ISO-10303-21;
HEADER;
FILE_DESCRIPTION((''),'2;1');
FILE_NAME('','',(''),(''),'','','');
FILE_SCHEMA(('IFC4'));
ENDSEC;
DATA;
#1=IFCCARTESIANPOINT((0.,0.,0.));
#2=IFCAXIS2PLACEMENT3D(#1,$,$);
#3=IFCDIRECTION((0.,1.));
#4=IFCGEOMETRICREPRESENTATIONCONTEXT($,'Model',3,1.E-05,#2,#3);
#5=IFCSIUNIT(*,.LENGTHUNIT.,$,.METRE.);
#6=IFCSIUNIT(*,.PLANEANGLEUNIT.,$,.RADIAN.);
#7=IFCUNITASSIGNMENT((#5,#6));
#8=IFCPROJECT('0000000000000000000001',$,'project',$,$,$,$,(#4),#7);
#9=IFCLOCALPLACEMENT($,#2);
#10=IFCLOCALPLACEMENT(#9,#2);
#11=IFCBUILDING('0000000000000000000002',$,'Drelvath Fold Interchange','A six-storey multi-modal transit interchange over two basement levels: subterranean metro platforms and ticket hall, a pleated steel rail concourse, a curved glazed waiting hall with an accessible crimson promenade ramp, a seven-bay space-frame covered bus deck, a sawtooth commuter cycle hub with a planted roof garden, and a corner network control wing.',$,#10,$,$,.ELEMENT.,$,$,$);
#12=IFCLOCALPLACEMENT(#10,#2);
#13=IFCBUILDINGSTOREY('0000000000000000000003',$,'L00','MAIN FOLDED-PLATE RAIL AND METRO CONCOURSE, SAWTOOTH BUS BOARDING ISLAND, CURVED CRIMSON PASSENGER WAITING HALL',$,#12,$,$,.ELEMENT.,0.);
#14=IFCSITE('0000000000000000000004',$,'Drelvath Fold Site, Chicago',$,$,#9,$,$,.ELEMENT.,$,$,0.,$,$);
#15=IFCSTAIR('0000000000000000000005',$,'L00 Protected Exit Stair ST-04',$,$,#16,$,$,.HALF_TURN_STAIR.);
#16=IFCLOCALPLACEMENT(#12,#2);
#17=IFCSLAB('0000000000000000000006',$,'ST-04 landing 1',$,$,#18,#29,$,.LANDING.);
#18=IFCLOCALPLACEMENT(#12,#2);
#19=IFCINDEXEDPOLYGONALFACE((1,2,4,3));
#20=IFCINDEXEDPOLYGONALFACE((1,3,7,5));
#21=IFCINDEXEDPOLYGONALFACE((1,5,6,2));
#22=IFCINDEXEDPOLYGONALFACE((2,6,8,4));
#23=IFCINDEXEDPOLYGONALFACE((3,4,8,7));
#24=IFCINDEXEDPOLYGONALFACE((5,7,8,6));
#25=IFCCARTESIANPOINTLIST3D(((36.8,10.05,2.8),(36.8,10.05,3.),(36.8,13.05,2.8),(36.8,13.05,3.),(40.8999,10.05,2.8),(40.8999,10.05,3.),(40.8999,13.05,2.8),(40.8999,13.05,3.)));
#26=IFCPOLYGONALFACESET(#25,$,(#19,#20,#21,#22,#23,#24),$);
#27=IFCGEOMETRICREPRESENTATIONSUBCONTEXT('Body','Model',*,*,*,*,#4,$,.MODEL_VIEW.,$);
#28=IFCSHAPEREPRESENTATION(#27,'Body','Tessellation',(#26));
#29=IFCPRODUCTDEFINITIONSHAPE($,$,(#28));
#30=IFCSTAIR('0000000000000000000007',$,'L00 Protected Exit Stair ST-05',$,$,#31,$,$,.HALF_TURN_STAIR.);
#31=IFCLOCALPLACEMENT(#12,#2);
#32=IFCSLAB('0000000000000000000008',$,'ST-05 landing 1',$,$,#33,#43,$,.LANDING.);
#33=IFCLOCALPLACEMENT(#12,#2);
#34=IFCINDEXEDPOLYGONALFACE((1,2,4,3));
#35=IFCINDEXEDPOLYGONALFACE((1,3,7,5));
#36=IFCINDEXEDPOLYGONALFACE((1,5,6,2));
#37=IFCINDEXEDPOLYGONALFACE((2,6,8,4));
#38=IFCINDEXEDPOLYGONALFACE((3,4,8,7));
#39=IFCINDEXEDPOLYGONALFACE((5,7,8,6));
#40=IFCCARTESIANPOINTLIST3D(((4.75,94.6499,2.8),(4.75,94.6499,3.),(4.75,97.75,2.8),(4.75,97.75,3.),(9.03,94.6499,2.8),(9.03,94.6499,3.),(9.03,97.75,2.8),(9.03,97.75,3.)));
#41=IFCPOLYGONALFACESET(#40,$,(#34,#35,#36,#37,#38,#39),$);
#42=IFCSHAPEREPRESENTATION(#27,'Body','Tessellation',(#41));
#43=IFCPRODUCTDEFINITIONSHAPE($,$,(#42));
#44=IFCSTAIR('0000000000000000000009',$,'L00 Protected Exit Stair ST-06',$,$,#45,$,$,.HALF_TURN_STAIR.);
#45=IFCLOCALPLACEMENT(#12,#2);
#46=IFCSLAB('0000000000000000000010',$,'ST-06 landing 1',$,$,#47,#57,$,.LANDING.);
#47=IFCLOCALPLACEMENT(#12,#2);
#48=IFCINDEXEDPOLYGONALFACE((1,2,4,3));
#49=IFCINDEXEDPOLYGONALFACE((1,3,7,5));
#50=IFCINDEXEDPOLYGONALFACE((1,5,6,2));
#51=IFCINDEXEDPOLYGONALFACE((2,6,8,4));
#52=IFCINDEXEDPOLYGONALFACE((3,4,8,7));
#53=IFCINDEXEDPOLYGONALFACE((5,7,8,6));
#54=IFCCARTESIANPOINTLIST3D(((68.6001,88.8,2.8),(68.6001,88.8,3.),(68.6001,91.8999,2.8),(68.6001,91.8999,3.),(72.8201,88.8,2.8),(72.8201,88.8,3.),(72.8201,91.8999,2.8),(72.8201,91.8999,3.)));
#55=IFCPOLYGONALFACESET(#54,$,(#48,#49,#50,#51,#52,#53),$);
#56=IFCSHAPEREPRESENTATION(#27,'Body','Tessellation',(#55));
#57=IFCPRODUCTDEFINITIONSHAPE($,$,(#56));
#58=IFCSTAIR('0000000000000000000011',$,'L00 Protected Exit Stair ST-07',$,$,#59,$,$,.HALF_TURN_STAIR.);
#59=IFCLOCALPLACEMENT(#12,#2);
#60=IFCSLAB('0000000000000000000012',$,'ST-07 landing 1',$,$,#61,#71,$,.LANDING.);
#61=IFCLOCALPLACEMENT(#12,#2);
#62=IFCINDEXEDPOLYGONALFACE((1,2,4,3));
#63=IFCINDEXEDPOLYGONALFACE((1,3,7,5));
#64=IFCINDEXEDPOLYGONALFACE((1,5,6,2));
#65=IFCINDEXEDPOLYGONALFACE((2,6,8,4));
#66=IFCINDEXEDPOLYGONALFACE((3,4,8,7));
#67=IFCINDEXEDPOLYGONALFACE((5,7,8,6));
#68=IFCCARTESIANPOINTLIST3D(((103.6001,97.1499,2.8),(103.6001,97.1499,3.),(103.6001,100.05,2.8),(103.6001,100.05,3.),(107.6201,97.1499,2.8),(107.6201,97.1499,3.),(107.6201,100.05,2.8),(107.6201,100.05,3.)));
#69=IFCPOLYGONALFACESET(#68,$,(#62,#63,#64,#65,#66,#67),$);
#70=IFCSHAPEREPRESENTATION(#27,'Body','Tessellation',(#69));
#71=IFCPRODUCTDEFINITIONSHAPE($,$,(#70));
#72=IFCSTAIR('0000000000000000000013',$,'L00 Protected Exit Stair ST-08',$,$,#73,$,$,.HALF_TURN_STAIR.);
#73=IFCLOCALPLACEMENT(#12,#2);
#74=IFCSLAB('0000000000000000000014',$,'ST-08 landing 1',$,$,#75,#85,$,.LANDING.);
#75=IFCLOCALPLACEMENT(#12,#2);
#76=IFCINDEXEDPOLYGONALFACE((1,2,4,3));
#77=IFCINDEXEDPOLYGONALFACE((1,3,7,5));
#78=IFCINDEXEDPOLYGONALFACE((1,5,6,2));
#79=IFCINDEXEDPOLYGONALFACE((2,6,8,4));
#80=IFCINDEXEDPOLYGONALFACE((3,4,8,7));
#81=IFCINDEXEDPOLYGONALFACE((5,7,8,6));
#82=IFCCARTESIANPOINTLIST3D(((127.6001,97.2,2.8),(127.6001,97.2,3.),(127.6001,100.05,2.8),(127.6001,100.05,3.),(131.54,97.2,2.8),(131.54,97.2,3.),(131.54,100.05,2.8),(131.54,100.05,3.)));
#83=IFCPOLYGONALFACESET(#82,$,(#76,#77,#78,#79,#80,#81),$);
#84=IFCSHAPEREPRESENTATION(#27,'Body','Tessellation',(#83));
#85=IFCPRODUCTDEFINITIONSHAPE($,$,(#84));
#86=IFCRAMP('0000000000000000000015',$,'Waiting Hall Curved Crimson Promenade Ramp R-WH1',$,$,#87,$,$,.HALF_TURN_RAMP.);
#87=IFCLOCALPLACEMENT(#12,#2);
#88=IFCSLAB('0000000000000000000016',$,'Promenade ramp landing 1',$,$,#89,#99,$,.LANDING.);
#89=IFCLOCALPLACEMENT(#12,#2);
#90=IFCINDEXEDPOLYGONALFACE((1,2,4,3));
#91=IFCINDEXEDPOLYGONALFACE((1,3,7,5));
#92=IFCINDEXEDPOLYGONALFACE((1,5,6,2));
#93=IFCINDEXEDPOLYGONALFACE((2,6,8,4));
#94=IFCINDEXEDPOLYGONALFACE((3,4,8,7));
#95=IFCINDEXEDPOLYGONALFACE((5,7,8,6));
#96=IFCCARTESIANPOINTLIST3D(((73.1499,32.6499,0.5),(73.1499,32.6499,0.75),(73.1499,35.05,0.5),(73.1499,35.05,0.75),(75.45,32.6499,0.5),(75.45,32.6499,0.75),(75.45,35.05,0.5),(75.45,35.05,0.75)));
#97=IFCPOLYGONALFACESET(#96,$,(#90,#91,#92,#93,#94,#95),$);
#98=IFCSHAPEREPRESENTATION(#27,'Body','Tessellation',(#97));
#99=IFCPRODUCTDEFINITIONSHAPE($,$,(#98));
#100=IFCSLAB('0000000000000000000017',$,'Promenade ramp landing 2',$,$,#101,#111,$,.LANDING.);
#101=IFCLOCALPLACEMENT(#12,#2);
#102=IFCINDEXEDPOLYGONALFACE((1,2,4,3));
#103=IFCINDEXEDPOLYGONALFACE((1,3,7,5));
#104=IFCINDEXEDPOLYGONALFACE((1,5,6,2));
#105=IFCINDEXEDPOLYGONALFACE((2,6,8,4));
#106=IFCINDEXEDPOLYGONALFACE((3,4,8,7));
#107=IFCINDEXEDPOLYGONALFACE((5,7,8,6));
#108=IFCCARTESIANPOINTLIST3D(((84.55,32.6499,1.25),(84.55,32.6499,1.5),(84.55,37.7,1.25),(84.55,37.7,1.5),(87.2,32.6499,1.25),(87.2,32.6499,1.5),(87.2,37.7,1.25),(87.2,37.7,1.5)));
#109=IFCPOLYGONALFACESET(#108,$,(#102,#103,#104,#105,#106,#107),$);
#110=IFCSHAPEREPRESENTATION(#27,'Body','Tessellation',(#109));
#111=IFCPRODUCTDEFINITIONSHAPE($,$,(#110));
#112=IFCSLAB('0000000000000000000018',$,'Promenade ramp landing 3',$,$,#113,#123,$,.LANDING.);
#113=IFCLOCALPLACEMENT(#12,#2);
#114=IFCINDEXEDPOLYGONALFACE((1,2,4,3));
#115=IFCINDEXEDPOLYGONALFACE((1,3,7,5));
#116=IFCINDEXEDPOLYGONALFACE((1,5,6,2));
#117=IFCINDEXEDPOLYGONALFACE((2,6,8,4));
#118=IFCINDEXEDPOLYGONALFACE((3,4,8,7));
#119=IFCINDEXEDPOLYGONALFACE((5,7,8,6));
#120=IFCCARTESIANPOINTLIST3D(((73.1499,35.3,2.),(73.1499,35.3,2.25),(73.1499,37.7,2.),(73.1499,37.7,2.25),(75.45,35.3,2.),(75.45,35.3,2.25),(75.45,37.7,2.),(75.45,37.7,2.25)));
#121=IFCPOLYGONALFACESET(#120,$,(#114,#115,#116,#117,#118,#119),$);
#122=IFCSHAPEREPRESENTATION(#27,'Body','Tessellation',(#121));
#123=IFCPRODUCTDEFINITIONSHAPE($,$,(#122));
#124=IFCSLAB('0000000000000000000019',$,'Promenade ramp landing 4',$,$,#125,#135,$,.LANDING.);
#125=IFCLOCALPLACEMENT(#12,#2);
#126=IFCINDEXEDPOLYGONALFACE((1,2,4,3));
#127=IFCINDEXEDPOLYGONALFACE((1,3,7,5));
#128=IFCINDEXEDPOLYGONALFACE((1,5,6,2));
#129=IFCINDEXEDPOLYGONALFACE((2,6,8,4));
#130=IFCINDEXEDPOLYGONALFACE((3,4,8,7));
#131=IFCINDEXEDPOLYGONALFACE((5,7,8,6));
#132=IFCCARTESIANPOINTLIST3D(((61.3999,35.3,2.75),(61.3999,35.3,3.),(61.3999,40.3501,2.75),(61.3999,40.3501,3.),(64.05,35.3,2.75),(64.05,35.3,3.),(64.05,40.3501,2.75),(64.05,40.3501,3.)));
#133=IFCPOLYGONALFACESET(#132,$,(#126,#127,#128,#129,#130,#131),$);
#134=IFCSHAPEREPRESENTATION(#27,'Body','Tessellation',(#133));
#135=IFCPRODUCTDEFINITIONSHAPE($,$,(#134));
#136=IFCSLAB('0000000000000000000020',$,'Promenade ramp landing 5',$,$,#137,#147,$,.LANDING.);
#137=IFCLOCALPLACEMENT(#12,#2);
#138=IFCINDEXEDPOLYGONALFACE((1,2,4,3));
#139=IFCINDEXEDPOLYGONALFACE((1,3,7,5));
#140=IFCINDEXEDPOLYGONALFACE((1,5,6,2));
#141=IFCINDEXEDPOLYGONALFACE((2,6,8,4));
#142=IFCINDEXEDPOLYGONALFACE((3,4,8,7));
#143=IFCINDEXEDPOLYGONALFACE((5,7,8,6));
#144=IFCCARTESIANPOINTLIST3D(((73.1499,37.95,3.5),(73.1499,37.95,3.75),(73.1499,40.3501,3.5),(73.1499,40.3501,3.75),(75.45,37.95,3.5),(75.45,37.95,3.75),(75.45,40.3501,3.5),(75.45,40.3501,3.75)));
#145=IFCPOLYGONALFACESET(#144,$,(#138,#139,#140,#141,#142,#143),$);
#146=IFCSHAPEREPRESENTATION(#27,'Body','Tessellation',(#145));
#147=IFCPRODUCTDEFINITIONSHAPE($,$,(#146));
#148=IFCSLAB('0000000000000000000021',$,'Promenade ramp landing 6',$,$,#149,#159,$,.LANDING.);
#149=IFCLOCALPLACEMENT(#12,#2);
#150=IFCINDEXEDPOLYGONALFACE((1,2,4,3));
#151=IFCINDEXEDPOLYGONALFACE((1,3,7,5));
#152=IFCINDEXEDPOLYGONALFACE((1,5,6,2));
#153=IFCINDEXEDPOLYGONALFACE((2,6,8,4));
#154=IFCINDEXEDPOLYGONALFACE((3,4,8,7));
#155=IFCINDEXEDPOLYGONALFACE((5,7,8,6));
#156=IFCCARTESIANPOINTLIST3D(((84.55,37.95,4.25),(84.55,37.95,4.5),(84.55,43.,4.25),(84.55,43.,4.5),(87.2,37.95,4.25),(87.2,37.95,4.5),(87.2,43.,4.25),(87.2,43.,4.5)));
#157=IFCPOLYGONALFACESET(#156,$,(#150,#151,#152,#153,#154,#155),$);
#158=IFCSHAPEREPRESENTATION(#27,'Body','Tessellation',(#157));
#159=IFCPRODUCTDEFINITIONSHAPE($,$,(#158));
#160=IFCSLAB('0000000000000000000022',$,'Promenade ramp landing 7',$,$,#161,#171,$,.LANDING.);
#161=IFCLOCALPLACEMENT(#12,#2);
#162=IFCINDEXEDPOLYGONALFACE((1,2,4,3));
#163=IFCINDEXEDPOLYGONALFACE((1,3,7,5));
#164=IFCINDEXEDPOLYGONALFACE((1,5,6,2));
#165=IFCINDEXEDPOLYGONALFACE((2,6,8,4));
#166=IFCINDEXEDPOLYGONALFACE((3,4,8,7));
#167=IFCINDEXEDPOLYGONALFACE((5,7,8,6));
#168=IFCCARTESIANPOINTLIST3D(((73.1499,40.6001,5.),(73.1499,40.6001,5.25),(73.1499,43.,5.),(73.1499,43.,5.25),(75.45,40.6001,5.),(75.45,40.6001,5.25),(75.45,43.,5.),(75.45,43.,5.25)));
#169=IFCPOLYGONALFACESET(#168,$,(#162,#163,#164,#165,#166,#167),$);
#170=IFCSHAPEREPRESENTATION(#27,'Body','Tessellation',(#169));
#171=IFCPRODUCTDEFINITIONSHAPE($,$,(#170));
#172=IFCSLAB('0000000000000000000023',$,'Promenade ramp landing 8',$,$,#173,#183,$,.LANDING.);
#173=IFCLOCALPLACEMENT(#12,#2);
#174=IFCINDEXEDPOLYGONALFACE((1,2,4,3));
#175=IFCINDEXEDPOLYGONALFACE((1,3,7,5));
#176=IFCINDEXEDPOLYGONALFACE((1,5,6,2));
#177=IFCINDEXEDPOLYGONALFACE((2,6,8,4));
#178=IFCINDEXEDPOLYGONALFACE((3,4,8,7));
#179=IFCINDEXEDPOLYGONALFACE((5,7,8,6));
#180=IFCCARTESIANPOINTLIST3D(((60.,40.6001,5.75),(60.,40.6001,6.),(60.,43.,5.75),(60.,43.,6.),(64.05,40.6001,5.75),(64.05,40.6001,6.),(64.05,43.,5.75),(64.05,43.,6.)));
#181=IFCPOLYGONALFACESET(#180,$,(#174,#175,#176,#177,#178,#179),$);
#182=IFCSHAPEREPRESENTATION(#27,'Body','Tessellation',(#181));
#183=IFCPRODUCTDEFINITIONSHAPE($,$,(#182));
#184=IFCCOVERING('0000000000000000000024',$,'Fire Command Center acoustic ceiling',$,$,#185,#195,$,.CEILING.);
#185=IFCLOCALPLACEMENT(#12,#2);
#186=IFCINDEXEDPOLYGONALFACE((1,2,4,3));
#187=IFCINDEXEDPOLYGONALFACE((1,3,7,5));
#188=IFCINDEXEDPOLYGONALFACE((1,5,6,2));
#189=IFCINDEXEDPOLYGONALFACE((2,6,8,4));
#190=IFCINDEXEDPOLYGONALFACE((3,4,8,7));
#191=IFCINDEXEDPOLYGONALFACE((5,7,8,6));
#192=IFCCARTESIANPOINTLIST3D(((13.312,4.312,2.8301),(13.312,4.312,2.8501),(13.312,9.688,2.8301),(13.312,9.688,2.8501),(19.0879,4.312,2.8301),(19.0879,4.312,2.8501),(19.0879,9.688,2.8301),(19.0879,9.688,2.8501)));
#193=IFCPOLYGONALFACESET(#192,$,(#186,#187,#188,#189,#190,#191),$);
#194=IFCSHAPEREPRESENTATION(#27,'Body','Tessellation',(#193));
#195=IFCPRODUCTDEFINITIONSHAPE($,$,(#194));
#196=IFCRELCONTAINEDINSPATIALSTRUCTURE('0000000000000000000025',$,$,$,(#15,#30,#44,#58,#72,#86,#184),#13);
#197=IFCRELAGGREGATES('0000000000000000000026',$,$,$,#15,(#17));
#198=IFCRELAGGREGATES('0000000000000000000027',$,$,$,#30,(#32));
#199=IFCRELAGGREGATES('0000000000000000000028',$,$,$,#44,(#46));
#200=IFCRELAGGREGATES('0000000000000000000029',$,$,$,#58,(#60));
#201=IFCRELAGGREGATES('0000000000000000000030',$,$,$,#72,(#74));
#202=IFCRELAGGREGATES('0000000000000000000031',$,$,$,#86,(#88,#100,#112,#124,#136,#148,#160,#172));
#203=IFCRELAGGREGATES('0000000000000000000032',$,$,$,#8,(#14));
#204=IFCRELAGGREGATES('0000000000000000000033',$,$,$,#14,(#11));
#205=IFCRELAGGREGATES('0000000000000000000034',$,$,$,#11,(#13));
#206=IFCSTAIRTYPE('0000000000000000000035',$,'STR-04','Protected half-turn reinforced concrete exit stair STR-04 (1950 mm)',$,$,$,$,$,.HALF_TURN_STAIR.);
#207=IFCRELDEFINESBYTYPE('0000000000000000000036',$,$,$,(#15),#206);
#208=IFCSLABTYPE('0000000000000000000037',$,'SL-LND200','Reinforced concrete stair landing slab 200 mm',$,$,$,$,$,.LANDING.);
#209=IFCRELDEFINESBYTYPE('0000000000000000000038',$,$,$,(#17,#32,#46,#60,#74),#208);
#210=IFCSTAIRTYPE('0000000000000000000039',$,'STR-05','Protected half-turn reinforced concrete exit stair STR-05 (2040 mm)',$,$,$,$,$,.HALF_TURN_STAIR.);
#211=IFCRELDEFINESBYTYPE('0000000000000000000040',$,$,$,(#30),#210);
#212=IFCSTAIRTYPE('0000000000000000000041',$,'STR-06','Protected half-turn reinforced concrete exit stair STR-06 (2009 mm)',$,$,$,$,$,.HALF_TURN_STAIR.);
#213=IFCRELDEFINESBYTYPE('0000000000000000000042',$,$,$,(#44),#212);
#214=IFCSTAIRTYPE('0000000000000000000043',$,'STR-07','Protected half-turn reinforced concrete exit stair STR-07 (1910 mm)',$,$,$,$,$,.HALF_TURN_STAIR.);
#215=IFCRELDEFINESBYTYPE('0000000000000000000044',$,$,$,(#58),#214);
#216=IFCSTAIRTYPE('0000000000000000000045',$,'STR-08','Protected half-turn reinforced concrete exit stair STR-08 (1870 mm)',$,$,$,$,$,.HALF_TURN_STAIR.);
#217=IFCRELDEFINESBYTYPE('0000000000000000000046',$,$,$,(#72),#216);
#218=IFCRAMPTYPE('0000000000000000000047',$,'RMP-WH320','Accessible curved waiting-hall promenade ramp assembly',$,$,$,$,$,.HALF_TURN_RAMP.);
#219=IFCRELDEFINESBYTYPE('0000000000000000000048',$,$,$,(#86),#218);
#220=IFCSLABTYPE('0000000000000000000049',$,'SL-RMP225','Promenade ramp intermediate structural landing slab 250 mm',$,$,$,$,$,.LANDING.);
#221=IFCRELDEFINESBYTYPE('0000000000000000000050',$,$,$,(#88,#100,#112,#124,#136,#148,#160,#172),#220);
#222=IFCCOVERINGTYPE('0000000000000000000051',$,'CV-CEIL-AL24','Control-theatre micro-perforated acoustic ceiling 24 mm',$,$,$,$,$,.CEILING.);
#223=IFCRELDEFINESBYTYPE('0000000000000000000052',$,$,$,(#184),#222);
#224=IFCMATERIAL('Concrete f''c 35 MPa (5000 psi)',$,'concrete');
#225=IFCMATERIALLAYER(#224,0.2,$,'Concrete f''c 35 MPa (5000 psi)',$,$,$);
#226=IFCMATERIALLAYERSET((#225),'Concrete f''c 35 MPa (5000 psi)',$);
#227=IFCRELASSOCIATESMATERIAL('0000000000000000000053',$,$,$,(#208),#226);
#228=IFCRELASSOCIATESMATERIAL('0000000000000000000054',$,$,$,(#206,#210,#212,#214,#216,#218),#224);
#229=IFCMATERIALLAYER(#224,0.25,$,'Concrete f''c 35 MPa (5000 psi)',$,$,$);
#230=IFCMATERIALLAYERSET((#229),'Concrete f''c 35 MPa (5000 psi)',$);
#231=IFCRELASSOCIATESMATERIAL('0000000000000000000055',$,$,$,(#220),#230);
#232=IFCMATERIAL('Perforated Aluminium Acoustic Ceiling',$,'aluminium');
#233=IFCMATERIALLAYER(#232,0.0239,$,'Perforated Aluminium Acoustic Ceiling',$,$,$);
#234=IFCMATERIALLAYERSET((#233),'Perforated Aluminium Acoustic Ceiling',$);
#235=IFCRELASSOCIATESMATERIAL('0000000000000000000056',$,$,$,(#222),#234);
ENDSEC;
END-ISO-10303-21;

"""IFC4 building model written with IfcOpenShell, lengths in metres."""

from ifc_helpers import new_model, si_unit, direction, frame, origin, place, context, subcontext, project, spatial, polyline, outline, extrude, material, layer, layer_set, type_object, element, aggregate, save


model = new_model("IFC4")

# Units and contexts
model_context = context("Model", 3, precision=1e-05, world=origin(), true_north=direction((0.0, 1.0)))
body_context = subcontext(model_context, "Body", "Model", "MODEL_VIEW")
ifc_project = project(units=[si_unit("LENGTHUNIT", "METRE"), si_unit("PLANEANGLEUNIT", "RADIAN")], contexts=[model_context])

# Site, building, storey
site_placement = place(None, origin())
site = spatial("IfcSite", under=ifc_project, at=site_placement, Name="Drelvath Fold Site, Chicago", CompositionType="ELEMENT", RefElevation=0.0)
building_placement = place(site_placement, origin())
building = spatial("IfcBuilding", under=site, at=building_placement, Name="Drelvath Fold Interchange", Description="A six-storey multi-modal transit interchange over two basement levels: subterranean metro platforms and ticket hall, a pleated steel rail concourse, a curved glazed waiting hall with an accessible crimson promenade ramp, a seven-bay space-frame covered bus deck, a sawtooth commuter cycle hub with a planted roof garden, and a corner network control wing.", CompositionType="ELEMENT")
storey_placement = place(building_placement, origin())
storey = spatial("IfcBuildingStorey", under=building, at=storey_placement, Name="L00", Description="MAIN FOLDED-PLATE RAIL AND METRO CONCOURSE, SAWTOOTH BUS BOARDING ISLAND, CURVED CRIMSON PASSENGER WAITING HALL", CompositionType="ELEMENT", Elevation=0.0)

# Shared definitions
ifc_material_1 = material(Name="Concrete f'c 35 MPa (5000 psi)", Category="concrete")

# Stairs, slabs
ifc_layer_1 = layer(ifc_material_1, 0.2, Name="Concrete f'c 35 MPa (5000 psi)")
ifc_layer_set_1 = layer_set([ifc_layer_1], Name="Concrete f'c 35 MPa (5000 psi)")
slab_type_1 = type_object("IfcSlabType", Name="SL-LND200", Description="Reinforced concrete stair landing slab 200 mm", PredefinedType="LANDING", material=ifc_layer_set_1)
stair_type_1 = type_object("IfcStairType", Name="STR-04", Description="Protected half-turn reinforced concrete exit stair STR-04 (1950 mm)", PredefinedType="HALF_TURN_STAIR", material=ifc_material_1)
stair_1_placement = place(storey_placement, origin())
stair_1 = element("IfcStair", 1, at=stair_1_placement, inside=storey, type_object=stair_type_1, Name="L00 Protected Exit Stair ST-04", PredefinedType="HALF_TURN_STAIR")
slab_1_placement = place(storey_placement, frame((0.0, 0.0, 2.8)))
slab_1 = element("IfcSlab", 2, at=slab_1_placement, type_object=slab_type_1, Name="ST-04 landing 1", PredefinedType="LANDING", context=body_context, shape_type="SweptSolid", body=[
    extrude(outline(polyline([(40.8999, 10.05), (40.8999, 13.05), (36.8, 13.05), (36.8, 10.05), (40.8999, 10.05)])), origin(), (0.0, 0.0, 1.0), 0.2),
])
aggregate(stair_1, [slab_1])
stair_type_2 = type_object("IfcStairType", Name="STR-05", Description="Protected half-turn reinforced concrete exit stair STR-05 (2040 mm)", PredefinedType="HALF_TURN_STAIR", material=ifc_material_1)
stair_2_placement = place(storey_placement, origin())
stair_2 = element("IfcStair", 3, at=stair_2_placement, inside=storey, type_object=stair_type_2, Name="L00 Protected Exit Stair ST-05", PredefinedType="HALF_TURN_STAIR")
slab_2_placement = place(storey_placement, frame((0.0, 0.0, 2.8)))
slab_2 = element("IfcSlab", 4, at=slab_2_placement, type_object=slab_type_1, Name="ST-05 landing 1", PredefinedType="LANDING", context=body_context, shape_type="SweptSolid", body=[
    extrude(outline(polyline([(9.03, 94.6499), (9.03, 97.75), (4.75, 97.75), (4.75, 94.6499), (9.03, 94.6499)])), origin(), (0.0, 0.0, 1.0), 0.2),
])
aggregate(stair_2, [slab_2])
stair_type_3 = type_object("IfcStairType", Name="STR-06", Description="Protected half-turn reinforced concrete exit stair STR-06 (2009 mm)", PredefinedType="HALF_TURN_STAIR", material=ifc_material_1)
stair_3_placement = place(storey_placement, origin())
stair_3 = element("IfcStair", 5, at=stair_3_placement, inside=storey, type_object=stair_type_3, Name="L00 Protected Exit Stair ST-06", PredefinedType="HALF_TURN_STAIR")
slab_3_placement = place(storey_placement, frame((0.0, 0.0, 2.8)))
slab_3 = element("IfcSlab", 6, at=slab_3_placement, type_object=slab_type_1, Name="ST-06 landing 1", PredefinedType="LANDING", context=body_context, shape_type="SweptSolid", body=[
    extrude(outline(polyline([(68.6001, 91.8999), (68.6001, 88.8), (72.8201, 88.8), (72.8201, 91.8999), (68.6001, 91.8999)])), origin(), (0.0, 0.0, 1.0), 0.2),
])
aggregate(stair_3, [slab_3])
stair_type_4 = type_object("IfcStairType", Name="STR-07", Description="Protected half-turn reinforced concrete exit stair STR-07 (1910 mm)", PredefinedType="HALF_TURN_STAIR", material=ifc_material_1)
stair_4_placement = place(storey_placement, origin())
stair_4 = element("IfcStair", 7, at=stair_4_placement, inside=storey, type_object=stair_type_4, Name="L00 Protected Exit Stair ST-07", PredefinedType="HALF_TURN_STAIR")
slab_4_placement = place(storey_placement, frame((0.0, 0.0, 2.8)))
slab_4 = element("IfcSlab", 8, at=slab_4_placement, type_object=slab_type_1, Name="ST-07 landing 1", PredefinedType="LANDING", context=body_context, shape_type="SweptSolid", body=[
    extrude(outline(polyline([(103.6001, 100.05), (103.6001, 97.1499), (107.6201, 97.1499), (107.6201, 100.05), (103.6001, 100.05)])), origin(), (0.0, 0.0, 1.0), 0.2),
])
aggregate(stair_4, [slab_4])
stair_type_5 = type_object("IfcStairType", Name="STR-08", Description="Protected half-turn reinforced concrete exit stair STR-08 (1870 mm)", PredefinedType="HALF_TURN_STAIR", material=ifc_material_1)
stair_5_placement = place(storey_placement, origin())
stair_5 = element("IfcStair", 9, at=stair_5_placement, inside=storey, type_object=stair_type_5, Name="L00 Protected Exit Stair ST-08", PredefinedType="HALF_TURN_STAIR")
slab_5_placement = place(storey_placement, frame((0.0, 0.0, 2.8)))
slab_5 = element("IfcSlab", 10, at=slab_5_placement, type_object=slab_type_1, Name="ST-08 landing 1", PredefinedType="LANDING", context=body_context, shape_type="SweptSolid", body=[
    extrude(outline(polyline([(127.6001, 100.05), (127.6001, 97.2), (131.54, 97.2), (131.54, 100.05), (127.6001, 100.05)])), origin(), (0.0, 0.0, 1.0), 0.2),
])
aggregate(stair_5, [slab_5])

# Ramp, slabs
ramp_type = type_object("IfcRampType", Name="RMP-WH320", Description="Accessible curved waiting-hall promenade ramp assembly", PredefinedType="HALF_TURN_RAMP", material=ifc_material_1)
ramp_placement = place(storey_placement, origin())
ramp = element("IfcRamp", 11, at=ramp_placement, inside=storey, type_object=ramp_type, Name="Waiting Hall Curved Crimson Promenade Ramp R-WH1", PredefinedType="HALF_TURN_RAMP")
ifc_layer_2 = layer(ifc_material_1, 0.25, Name="Concrete f'c 35 MPa (5000 psi)")
ifc_layer_set_2 = layer_set([ifc_layer_2], Name="Concrete f'c 35 MPa (5000 psi)")
slab_type_2 = type_object("IfcSlabType", Name="SL-RMP225", Description="Promenade ramp intermediate structural landing slab 250 mm", PredefinedType="LANDING", material=ifc_layer_set_2)
slab_6_placement = place(storey_placement, frame((0.0, 0.0, 0.5)))
slab_6 = element("IfcSlab", 12, at=slab_6_placement, type_object=slab_type_2, Name="Promenade ramp landing 1", PredefinedType="LANDING", context=body_context, shape_type="SweptSolid", body=[
    extrude(outline(polyline([(73.1499, 32.6499), (75.45, 32.6499), (75.45, 35.05), (73.1499, 35.05), (73.1499, 32.6499)])), origin(), (0.0, 0.0, 1.0), 0.25),
])
slab_7_placement = place(storey_placement, frame((0.0, 0.0, 1.25)))
slab_7 = element("IfcSlab", 13, at=slab_7_placement, type_object=slab_type_2, Name="Promenade ramp landing 2", PredefinedType="LANDING", context=body_context, shape_type="SweptSolid", body=[
    extrude(outline(polyline([(84.55, 32.6499), (87.2, 32.6499), (87.2, 37.7), (84.55, 37.7), (84.55, 32.6499)])), origin(), (0.0, 0.0, 1.0), 0.25),
])
slab_8_placement = place(storey_placement, frame((0.0, 0.0, 2.0)))
slab_8 = element("IfcSlab", 14, at=slab_8_placement, type_object=slab_type_2, Name="Promenade ramp landing 3", PredefinedType="LANDING", context=body_context, shape_type="SweptSolid", body=[
    extrude(outline(polyline([(73.1499, 35.3), (75.45, 35.3), (75.45, 37.7), (73.1499, 37.7), (73.1499, 35.3)])), origin(), (0.0, 0.0, 1.0), 0.25),
])
slab_9_placement = place(storey_placement, frame((0.0, 0.0, 2.75)))
slab_9 = element("IfcSlab", 15, at=slab_9_placement, type_object=slab_type_2, Name="Promenade ramp landing 4", PredefinedType="LANDING", context=body_context, shape_type="SweptSolid", body=[
    extrude(outline(polyline([(61.3999, 35.3), (64.05, 35.3), (64.05, 40.3501), (61.3999, 40.3501), (61.3999, 35.3)])), origin(), (0.0, 0.0, 1.0), 0.25),
])
slab_10_placement = place(storey_placement, frame((0.0, 0.0, 3.5)))
slab_10 = element("IfcSlab", 16, at=slab_10_placement, type_object=slab_type_2, Name="Promenade ramp landing 5", PredefinedType="LANDING", context=body_context, shape_type="SweptSolid", body=[
    extrude(outline(polyline([(73.1499, 37.95), (75.45, 37.95), (75.45, 40.3501), (73.1499, 40.3501), (73.1499, 37.95)])), origin(), (0.0, 0.0, 1.0), 0.25),
])
slab_11_placement = place(storey_placement, frame((0.0, 0.0, 4.25)))
slab_11 = element("IfcSlab", 17, at=slab_11_placement, type_object=slab_type_2, Name="Promenade ramp landing 6", PredefinedType="LANDING", context=body_context, shape_type="SweptSolid", body=[
    extrude(outline(polyline([(84.55, 37.95), (87.2, 37.95), (87.2, 43.0), (84.55, 43.0), (84.55, 37.95)])), origin(), (0.0, 0.0, 1.0), 0.25),
])
slab_12_placement = place(storey_placement, frame((0.0, 0.0, 5.0)))
slab_12 = element("IfcSlab", 18, at=slab_12_placement, type_object=slab_type_2, Name="Promenade ramp landing 7", PredefinedType="LANDING", context=body_context, shape_type="SweptSolid", body=[
    extrude(outline(polyline([(73.1499, 40.6001), (75.45, 40.6001), (75.45, 43.0), (73.1499, 43.0), (73.1499, 40.6001)])), origin(), (0.0, 0.0, 1.0), 0.25),
])
placement = place(building_placement, frame((0.0, 0.0, 6.0)))
slab_13_placement = place(placement, frame((0.0, 0.0, -0.25)))
slab_13 = element("IfcSlab", 19, at=slab_13_placement, type_object=slab_type_2, Name="Promenade ramp landing 8", PredefinedType="LANDING", context=body_context, shape_type="SweptSolid", body=[
    extrude(outline(polyline([(60.0, 40.6001), (64.05, 40.6001), (64.05, 43.0), (60.0, 43.0), (60.0, 40.6001)])), origin(), (0.0, 0.0, 1.0), 0.25),
])
aggregate(ramp, [slab_6, slab_7, slab_8, slab_9, slab_10, slab_11, slab_12, slab_13])

# Covering
ifc_material_2 = material(Name="Perforated Aluminium Acoustic Ceiling", Category="aluminium")
ifc_layer_3 = layer(ifc_material_2, 0.0239, Name="Perforated Aluminium Acoustic Ceiling")
ifc_layer_set_3 = layer_set([ifc_layer_3], Name="Perforated Aluminium Acoustic Ceiling")
covering_type_1 = type_object("IfcCoveringType", Name="CV-CEIL-AL24", Description="Control-theatre micro-perforated acoustic ceiling 24 mm", PredefinedType="CEILING", material=ifc_layer_set_3)
covering_1_placement = place(storey_placement, frame((0.0, 0.0, 2.8301)))
element("IfcCovering", 20, at=covering_1_placement, inside=storey, type_object=covering_type_1, Name="Fire Command Center acoustic ceiling", PredefinedType="CEILING", context=body_context, shape_type="SweptSolid", body=[
    extrude(outline(polyline([(13.312, 4.312), (19.0879, 4.312), (19.0879, 9.688), (13.312, 9.688), (13.312, 4.312)])), origin(), (0.0, 0.0, 1.0), 0.02),
])

save(model, "model.ifc")
